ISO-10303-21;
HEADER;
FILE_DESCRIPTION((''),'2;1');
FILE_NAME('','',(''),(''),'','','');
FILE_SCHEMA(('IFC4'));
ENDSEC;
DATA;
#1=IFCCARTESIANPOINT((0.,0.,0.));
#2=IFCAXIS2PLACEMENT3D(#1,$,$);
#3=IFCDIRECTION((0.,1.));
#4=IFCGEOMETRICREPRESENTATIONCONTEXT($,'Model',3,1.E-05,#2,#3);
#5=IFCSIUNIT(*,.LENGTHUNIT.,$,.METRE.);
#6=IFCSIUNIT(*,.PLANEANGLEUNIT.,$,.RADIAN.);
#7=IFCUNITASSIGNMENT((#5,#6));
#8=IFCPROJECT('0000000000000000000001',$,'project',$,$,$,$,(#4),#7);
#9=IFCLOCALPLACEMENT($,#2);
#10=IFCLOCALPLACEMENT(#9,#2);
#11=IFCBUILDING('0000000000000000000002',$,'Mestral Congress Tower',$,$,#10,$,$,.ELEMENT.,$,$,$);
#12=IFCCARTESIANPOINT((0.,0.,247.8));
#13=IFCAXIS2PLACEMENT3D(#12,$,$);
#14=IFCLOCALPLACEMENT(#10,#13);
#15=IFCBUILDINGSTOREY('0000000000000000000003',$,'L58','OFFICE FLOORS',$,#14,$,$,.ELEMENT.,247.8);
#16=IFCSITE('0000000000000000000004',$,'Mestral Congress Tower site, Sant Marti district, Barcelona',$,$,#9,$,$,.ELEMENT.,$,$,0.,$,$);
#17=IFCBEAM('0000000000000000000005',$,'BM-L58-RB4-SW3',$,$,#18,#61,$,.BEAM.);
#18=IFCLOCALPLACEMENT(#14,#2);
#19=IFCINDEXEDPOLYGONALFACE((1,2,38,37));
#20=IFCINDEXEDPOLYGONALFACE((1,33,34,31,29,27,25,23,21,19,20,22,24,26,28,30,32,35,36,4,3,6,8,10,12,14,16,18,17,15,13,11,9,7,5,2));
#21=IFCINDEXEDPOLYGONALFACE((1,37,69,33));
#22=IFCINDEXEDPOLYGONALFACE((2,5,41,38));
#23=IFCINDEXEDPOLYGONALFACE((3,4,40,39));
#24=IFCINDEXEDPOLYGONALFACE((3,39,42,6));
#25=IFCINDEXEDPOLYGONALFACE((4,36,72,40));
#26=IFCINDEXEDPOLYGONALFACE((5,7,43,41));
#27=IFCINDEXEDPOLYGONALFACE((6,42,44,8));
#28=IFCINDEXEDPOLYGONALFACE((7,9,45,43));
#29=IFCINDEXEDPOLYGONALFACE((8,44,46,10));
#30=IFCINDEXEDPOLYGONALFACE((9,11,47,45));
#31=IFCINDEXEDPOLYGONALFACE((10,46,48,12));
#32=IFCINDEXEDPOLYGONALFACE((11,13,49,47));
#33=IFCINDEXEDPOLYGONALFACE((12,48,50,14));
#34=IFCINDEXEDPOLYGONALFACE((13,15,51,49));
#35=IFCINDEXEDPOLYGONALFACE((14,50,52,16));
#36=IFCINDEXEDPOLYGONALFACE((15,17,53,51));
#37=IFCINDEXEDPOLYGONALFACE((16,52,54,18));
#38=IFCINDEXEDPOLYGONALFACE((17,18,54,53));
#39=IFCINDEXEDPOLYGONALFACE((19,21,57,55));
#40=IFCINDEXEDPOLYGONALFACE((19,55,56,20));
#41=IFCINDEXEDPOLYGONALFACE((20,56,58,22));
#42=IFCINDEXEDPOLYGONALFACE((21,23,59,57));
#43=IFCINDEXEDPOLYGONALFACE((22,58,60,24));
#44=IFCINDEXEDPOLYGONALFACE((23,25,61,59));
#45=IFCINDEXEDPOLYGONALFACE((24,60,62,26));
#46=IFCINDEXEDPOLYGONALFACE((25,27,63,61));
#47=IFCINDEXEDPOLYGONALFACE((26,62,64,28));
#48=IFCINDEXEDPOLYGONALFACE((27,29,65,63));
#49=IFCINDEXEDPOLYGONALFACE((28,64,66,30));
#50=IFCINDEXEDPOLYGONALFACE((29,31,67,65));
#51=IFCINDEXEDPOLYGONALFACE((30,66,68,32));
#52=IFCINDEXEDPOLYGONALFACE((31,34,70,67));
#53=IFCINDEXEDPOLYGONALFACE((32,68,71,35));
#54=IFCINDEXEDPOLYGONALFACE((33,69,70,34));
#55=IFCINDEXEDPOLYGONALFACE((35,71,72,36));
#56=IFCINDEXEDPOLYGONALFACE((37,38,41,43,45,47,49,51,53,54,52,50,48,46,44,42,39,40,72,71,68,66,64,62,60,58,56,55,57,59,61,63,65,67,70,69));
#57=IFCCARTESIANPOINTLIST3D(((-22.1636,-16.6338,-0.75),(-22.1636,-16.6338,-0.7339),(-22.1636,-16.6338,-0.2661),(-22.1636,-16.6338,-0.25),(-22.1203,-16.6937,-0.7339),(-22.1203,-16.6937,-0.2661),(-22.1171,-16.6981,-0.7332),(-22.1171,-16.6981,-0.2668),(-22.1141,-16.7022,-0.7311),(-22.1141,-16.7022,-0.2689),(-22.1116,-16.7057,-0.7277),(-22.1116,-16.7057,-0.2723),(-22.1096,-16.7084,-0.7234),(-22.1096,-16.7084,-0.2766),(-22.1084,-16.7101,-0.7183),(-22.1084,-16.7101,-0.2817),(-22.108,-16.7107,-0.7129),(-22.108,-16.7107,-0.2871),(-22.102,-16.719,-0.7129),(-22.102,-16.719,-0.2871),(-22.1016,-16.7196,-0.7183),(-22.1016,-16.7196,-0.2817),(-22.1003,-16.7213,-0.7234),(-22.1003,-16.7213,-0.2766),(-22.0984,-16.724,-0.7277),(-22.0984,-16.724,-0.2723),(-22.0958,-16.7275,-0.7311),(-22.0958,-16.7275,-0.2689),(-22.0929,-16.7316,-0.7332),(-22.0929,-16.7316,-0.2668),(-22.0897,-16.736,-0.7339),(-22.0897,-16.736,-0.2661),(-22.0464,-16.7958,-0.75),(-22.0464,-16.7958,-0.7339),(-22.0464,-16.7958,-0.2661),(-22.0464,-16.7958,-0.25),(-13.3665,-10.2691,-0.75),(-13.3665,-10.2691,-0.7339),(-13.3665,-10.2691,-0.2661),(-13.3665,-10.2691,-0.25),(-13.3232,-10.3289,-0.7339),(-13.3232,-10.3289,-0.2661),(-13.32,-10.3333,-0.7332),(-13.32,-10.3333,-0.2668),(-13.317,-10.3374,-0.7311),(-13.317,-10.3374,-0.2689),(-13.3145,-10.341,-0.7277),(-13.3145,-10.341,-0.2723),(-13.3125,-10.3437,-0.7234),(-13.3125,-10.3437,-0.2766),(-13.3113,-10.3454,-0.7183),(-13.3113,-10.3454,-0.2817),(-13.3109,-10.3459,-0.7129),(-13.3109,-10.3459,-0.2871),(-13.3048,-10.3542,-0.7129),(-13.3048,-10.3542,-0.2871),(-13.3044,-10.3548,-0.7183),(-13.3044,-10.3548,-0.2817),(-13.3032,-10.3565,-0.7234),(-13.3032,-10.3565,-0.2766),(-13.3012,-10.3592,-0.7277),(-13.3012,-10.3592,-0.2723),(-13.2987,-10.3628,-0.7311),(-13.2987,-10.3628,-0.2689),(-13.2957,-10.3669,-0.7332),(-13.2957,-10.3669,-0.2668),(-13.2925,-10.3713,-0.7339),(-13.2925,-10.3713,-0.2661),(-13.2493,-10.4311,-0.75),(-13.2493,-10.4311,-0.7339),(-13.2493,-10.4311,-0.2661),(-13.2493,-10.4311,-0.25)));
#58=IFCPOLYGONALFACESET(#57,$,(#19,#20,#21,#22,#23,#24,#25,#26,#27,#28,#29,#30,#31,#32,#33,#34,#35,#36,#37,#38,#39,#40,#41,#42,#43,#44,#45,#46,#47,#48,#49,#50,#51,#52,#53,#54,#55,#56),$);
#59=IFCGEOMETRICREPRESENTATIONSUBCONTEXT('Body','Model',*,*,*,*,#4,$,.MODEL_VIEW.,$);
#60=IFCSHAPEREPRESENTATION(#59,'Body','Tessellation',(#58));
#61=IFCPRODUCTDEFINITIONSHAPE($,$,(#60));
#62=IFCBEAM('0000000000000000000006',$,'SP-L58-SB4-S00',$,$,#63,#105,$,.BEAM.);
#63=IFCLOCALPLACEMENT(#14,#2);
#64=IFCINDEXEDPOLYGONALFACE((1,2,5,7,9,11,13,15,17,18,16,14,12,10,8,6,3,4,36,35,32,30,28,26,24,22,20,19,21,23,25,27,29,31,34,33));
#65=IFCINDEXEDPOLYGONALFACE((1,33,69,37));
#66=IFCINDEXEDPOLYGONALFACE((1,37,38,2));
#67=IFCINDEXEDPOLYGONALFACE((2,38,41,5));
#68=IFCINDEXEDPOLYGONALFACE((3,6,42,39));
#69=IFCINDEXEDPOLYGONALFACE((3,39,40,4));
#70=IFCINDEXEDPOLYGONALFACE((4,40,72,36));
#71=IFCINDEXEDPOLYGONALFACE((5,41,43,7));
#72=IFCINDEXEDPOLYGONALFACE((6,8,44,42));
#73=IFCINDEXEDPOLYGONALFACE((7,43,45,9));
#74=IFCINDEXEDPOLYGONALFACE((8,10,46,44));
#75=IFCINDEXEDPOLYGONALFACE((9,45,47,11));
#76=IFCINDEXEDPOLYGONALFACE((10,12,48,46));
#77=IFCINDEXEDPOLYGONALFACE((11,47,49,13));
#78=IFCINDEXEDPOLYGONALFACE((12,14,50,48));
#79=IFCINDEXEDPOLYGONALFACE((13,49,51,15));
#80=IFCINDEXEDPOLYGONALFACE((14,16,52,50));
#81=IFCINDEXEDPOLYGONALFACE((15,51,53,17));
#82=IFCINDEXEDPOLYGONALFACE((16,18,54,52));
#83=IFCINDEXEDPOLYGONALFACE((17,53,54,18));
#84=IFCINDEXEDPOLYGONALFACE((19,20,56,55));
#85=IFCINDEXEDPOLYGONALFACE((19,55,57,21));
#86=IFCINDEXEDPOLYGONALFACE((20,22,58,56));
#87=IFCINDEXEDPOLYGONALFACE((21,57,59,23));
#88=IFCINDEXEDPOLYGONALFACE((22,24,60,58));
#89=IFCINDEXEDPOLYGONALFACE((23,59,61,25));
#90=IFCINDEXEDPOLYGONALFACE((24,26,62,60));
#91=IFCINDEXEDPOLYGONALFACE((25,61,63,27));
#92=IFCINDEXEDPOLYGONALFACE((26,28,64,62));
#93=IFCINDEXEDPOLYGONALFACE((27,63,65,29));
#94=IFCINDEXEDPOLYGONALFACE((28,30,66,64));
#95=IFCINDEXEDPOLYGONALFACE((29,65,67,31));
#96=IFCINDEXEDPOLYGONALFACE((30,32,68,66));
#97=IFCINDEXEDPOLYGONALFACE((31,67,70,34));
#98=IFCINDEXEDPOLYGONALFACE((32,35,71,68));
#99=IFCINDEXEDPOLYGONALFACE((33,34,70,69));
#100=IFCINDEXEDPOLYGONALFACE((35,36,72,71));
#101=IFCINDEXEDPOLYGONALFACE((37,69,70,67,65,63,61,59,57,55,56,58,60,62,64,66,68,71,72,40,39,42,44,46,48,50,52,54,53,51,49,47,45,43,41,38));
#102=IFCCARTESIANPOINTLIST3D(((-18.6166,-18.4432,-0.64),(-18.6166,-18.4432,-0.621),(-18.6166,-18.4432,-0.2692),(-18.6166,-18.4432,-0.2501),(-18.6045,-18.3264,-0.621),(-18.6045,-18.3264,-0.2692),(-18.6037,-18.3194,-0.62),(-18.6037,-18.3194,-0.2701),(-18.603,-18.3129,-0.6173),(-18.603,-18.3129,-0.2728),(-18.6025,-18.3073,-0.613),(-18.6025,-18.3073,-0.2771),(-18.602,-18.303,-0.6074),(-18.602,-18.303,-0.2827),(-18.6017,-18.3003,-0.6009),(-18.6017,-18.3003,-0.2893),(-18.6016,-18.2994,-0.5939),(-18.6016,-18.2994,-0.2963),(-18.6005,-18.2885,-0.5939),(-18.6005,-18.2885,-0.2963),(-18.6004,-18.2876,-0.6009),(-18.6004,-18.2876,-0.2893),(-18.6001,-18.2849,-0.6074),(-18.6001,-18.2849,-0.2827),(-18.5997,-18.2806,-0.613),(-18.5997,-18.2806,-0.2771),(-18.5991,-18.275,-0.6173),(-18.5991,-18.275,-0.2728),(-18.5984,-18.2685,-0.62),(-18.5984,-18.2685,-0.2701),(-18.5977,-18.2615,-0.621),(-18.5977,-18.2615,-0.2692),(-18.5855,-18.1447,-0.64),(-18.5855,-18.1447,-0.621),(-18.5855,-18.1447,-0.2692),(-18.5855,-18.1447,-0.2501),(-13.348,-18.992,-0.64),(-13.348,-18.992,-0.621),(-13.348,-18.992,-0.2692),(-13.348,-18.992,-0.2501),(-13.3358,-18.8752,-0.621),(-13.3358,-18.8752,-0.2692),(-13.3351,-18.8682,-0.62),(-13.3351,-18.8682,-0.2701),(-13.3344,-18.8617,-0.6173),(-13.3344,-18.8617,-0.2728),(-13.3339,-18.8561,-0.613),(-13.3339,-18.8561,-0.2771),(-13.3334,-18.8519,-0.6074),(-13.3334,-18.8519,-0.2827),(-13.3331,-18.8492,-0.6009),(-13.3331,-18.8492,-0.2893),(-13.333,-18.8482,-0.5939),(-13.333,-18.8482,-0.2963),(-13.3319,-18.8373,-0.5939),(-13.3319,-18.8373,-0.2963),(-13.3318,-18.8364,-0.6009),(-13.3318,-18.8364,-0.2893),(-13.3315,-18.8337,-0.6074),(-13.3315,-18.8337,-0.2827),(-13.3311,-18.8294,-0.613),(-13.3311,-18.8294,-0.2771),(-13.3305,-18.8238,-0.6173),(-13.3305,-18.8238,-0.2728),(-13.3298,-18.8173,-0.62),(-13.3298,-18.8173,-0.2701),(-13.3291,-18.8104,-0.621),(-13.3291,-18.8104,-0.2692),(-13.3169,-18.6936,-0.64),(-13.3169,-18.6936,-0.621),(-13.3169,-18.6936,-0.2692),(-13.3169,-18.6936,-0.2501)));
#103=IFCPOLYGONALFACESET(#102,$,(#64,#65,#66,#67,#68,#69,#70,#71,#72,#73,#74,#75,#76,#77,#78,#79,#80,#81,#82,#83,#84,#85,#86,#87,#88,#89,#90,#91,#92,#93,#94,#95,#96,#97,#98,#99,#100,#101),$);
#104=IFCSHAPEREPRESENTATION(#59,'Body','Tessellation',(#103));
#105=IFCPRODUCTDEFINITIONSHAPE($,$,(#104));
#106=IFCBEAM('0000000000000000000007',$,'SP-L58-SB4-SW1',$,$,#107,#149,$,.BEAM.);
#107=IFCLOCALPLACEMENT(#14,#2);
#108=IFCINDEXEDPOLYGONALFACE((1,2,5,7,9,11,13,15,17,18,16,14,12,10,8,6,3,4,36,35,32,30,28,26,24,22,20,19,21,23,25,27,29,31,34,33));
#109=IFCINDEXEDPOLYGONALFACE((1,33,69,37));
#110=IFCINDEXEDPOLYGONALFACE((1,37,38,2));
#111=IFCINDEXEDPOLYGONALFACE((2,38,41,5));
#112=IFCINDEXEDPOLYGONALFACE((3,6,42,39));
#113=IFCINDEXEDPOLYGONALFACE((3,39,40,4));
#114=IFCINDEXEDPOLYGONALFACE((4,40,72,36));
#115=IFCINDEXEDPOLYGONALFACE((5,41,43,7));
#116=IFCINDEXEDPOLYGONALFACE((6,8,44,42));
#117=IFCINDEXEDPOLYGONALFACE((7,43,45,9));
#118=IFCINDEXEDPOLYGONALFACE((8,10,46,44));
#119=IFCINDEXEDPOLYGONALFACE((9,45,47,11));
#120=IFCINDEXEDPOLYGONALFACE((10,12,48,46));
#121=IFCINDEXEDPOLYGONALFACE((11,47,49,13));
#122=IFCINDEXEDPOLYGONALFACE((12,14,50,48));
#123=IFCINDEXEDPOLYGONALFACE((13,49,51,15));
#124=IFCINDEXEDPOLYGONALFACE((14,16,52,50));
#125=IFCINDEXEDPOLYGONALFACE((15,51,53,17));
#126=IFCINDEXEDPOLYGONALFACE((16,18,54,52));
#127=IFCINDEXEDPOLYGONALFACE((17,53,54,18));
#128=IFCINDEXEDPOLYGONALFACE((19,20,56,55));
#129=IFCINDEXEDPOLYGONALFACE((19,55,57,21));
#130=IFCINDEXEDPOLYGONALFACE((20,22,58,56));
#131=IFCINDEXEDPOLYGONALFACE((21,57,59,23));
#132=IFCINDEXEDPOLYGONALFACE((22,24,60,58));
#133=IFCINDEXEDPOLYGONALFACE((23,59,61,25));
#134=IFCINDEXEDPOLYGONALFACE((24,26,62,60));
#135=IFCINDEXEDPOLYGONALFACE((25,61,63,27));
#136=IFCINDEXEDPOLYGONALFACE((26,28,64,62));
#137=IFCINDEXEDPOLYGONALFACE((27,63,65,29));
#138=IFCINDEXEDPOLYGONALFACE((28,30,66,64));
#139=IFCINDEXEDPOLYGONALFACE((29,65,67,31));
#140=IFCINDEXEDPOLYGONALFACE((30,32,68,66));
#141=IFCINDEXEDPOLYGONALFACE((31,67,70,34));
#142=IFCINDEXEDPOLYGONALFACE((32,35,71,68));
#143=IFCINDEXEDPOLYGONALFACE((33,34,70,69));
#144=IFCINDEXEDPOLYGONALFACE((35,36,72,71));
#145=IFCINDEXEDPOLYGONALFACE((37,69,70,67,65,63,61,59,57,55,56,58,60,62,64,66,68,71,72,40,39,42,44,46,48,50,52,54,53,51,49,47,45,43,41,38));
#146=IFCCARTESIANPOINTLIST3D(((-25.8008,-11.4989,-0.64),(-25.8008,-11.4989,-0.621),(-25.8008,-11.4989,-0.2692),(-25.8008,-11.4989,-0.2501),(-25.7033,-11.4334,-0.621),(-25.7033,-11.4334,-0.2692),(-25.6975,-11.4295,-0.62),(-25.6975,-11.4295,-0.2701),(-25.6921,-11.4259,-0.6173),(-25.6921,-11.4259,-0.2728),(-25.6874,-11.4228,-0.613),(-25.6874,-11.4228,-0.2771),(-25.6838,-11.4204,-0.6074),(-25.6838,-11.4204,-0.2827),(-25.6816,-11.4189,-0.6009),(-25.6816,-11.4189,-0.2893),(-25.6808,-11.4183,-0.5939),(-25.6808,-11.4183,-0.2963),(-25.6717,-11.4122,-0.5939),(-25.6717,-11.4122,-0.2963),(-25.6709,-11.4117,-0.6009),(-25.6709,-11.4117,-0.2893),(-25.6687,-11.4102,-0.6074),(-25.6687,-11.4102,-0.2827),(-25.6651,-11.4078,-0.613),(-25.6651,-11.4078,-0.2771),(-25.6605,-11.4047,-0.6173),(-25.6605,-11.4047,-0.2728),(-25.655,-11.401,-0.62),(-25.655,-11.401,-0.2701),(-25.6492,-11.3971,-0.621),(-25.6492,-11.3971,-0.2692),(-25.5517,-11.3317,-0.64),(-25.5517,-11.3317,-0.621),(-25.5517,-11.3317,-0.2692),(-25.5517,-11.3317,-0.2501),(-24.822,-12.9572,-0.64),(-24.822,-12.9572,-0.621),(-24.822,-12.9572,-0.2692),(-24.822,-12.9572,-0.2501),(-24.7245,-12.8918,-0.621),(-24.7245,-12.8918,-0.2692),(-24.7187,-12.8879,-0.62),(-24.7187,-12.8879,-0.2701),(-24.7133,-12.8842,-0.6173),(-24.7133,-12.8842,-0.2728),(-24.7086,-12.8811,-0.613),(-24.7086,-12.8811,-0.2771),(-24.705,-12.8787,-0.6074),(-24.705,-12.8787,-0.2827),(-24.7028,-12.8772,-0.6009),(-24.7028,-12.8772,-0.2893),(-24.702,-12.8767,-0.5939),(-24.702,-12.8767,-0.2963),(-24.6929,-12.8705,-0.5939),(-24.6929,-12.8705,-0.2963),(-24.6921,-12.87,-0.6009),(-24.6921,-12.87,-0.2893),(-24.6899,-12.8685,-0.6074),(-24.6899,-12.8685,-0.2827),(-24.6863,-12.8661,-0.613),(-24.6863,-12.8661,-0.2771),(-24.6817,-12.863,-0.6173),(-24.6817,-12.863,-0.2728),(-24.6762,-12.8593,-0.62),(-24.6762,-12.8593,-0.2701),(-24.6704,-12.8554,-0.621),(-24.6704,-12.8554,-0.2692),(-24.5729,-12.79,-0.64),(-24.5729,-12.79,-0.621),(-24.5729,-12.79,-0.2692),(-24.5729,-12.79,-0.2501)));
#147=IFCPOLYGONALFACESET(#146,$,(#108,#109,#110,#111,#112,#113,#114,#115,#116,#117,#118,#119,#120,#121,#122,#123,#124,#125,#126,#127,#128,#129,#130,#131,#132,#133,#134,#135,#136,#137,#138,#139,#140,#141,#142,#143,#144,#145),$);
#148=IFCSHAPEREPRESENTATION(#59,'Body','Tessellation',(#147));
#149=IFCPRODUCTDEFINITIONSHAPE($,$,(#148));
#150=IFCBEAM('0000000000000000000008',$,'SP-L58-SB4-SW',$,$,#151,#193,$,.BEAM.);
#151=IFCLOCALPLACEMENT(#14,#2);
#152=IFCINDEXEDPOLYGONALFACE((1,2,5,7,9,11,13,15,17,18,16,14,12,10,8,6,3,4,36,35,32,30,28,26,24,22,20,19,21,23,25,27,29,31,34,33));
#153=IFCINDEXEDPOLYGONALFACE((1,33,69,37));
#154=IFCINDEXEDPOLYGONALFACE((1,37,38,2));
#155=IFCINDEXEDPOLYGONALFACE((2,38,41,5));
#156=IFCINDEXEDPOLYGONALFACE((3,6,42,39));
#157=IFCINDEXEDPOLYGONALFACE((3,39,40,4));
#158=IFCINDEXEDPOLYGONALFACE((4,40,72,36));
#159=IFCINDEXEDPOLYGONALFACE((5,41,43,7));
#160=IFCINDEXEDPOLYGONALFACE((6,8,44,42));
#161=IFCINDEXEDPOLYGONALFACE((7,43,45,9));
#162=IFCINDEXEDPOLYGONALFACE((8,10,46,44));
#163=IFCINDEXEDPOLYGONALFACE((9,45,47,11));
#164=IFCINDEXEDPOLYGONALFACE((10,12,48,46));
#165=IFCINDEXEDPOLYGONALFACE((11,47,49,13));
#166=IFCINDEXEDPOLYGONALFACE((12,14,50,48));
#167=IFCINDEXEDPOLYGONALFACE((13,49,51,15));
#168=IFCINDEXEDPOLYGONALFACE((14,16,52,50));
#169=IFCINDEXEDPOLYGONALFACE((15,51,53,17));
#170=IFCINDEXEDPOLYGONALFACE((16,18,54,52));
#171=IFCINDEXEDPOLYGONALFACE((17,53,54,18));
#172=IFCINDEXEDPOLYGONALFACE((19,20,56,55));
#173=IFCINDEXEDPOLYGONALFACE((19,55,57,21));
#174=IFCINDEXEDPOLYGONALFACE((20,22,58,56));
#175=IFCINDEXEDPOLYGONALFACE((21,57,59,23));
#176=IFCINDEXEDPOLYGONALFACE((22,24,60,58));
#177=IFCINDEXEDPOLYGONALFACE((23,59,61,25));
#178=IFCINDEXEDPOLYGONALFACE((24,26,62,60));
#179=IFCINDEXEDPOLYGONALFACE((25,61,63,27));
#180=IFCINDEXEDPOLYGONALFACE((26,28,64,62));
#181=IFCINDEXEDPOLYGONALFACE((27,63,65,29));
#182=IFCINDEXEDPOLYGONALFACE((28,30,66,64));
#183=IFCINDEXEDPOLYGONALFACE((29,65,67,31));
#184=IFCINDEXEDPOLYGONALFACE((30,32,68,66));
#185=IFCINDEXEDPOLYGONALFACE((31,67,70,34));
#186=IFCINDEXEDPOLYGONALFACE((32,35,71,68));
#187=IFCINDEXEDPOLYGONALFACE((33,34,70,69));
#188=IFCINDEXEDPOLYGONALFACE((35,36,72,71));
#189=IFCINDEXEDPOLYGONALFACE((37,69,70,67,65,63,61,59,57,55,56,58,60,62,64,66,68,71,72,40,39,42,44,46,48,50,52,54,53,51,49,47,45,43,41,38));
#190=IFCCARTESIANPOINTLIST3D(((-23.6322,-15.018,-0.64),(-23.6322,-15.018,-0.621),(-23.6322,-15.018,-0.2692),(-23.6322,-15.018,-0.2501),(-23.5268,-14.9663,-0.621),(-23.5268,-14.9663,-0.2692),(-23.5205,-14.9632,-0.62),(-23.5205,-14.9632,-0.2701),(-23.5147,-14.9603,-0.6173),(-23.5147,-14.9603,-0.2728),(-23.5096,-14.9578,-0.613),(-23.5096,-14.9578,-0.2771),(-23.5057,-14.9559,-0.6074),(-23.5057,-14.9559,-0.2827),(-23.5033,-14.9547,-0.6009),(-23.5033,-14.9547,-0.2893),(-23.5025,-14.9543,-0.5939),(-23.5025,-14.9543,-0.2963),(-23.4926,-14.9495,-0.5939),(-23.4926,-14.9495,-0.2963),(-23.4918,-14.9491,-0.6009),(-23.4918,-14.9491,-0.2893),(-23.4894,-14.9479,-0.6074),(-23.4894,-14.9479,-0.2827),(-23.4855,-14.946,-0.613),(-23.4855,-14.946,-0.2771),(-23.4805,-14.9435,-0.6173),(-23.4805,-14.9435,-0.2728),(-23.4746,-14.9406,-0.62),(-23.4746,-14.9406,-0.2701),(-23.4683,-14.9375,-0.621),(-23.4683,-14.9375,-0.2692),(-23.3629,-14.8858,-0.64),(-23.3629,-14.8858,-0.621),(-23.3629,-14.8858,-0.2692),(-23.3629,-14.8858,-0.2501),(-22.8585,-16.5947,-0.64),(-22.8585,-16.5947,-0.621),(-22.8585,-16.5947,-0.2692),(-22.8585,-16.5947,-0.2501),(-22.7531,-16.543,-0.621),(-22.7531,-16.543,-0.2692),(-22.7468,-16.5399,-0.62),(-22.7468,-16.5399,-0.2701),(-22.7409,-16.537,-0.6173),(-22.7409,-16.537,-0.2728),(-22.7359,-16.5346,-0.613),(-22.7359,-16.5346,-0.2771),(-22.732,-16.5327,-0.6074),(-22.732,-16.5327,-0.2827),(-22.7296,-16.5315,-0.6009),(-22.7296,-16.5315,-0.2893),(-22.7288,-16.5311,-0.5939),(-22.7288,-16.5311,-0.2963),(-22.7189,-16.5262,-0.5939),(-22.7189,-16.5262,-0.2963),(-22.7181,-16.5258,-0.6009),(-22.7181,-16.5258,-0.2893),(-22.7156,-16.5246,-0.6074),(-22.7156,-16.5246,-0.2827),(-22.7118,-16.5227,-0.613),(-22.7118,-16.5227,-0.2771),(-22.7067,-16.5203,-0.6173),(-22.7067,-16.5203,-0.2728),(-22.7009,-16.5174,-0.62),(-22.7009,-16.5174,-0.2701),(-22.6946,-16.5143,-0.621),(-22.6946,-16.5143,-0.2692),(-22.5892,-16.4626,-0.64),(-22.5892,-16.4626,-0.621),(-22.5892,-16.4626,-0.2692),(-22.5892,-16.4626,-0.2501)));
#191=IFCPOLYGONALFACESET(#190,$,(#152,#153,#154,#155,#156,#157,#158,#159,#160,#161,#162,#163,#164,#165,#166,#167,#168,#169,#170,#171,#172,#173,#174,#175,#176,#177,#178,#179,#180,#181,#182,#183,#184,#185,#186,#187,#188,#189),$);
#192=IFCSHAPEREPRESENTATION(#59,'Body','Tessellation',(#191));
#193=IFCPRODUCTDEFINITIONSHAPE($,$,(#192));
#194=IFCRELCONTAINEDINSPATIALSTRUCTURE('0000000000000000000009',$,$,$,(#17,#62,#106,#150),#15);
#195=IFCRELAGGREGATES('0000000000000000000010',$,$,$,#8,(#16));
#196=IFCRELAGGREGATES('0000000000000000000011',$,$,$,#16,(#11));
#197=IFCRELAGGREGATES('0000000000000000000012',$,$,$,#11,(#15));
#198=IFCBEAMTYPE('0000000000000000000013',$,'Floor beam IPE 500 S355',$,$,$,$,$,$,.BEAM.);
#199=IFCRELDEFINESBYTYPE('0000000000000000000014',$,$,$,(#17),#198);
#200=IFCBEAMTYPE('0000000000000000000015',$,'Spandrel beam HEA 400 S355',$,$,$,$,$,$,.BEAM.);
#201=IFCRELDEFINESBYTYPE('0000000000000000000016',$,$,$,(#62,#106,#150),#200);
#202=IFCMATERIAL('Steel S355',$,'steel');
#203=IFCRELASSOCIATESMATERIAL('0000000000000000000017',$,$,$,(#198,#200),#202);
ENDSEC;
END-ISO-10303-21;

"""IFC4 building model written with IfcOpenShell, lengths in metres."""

from ifc_helpers import new_model, si_unit, direction, frame, origin, origin_2d, place, context, subcontext, project, spatial, i_section, extrude, material, material_profile, profile_set, type_object, element, save


model = new_model("IFC4")

# Units and contexts
model_context = context("Model", 3, precision=1e-05, world=origin(), true_north=direction((0.0, 1.0)))
body_context = subcontext(model_context, "Body", "Model", "MODEL_VIEW")
ifc_project = project(units=[si_unit("LENGTHUNIT", "METRE"), si_unit("PLANEANGLEUNIT", "RADIAN")], contexts=[model_context])

# Site, building, storey
site_placement = place(None, origin())
site = spatial("IfcSite", under=ifc_project, at=site_placement, Name="Mestral Congress Tower site, Sant Marti district, Barcelona", CompositionType="ELEMENT", RefElevation=0.0)
building_placement = place(site_placement, origin())
building = spatial("IfcBuilding", under=site, at=building_placement, Name="Mestral Congress Tower", CompositionType="ELEMENT")
storey_placement = place(building_placement, frame((0.0, 0.0, 247.8)))
storey = spatial("IfcBuildingStorey", under=building, at=storey_placement, Name="L58", Description="OFFICE FLOORS", CompositionType="ELEMENT", Elevation=247.8)

# Beams
ifc_material_1 = material(Name="Steel S355", Category="steel")
ifc_material_profile_1 = material_profile(ifc_material_1, i_section(OverallWidth=0.2, OverallDepth=0.5, WebThickness=0.0103, FlangeThickness=0.0161, FilletRadius=0.021, at=origin_2d()), Name="IPE 500")
ifc_profile_set_1 = profile_set([ifc_material_profile_1], Name="Steel S355")
beam_type_1 = type_object("IfcBeamType", Name="Floor beam IPE 500 S355", PredefinedType="BEAM", material=ifc_profile_set_1)
beam_1_placement = place(storey_placement, frame((-22.105, -16.7148, -0.5), z_axis=(0.810186, 0.586173, 0.0), x_axis=(-0.586173, 0.810186, 0.0)))
element("IfcBeam", 1, at=beam_1_placement, inside=storey, type_object=beam_type_1, Name="BM-L58-RB4-SW3", PredefinedType="BEAM", context=body_context, shape_type="SweptSolid", body=[
    extrude(i_section(OverallWidth=0.2, OverallDepth=0.5, WebThickness=0.0103, FlangeThickness=0.0161, FilletRadius=0.021, at=origin_2d()), origin(), (0.0, 0.0, 1.0), 10.8582),
])
ifc_material_profile_2 = material_profile(ifc_material_1, i_section(OverallWidth=0.3, OverallDepth=0.3899, WebThickness=0.011, FlangeThickness=0.019, FilletRadius=0.0271, at=origin_2d()), Name="HEA 400")
ifc_profile_set_2 = profile_set([ifc_material_profile_2], Name="Steel S355")
beam_type_2 = type_object("IfcBeamType", Name="Spandrel beam HEA 400 S355", PredefinedType="BEAM", material=ifc_profile_set_2)
beam_2_placement = place(storey_placement, frame((-18.6011, -18.2939, -0.4451), z_axis=(0.994618, -0.10361, 0.0), x_axis=(0.10361, 0.994618, 0.0)))
element("IfcBeam", 2, at=beam_2_placement, inside=storey, type_object=beam_type_2, Name="SP-L58-SB4-S00", PredefinedType="BEAM", context=body_context, shape_type="SweptSolid", body=[
    extrude(i_section(OverallWidth=0.3, OverallDepth=0.3899, WebThickness=0.011, FlangeThickness=0.019, FilletRadius=0.0271, at=origin_2d()), origin(), (0.0, 0.0, 1.0), 5.2971),
])
for number, where, z_axis, x_axis, name in (
    (3, (-25.6763, -11.4153, -0.4451), (0.557296, -0.830314, 0.0), (0.830314, 0.557296, 0.0), "SP-L58-SB4-SW1"),
    (4, (-23.4976, -14.9519, -0.4451), (0.440529, -0.897739, 0.0), (0.897739, 0.440529, 0.0), "SP-L58-SB4-SW"),
):
    element("IfcBeam", number, at=place(storey_placement, frame(where, z_axis=z_axis, x_axis=x_axis)), inside=storey, type_object=beam_type_2, Name=name, PredefinedType="BEAM", context=body_context, shape_type="SweptSolid", body=[
        extrude(i_section(OverallWidth=0.3, OverallDepth=0.3899, WebThickness=0.011, FlangeThickness=0.019, FilletRadius=0.0271, at=origin_2d()), origin(), (0.0, 0.0, 1.0), 1.7563),
    ])

save(model, "model.ifc")
